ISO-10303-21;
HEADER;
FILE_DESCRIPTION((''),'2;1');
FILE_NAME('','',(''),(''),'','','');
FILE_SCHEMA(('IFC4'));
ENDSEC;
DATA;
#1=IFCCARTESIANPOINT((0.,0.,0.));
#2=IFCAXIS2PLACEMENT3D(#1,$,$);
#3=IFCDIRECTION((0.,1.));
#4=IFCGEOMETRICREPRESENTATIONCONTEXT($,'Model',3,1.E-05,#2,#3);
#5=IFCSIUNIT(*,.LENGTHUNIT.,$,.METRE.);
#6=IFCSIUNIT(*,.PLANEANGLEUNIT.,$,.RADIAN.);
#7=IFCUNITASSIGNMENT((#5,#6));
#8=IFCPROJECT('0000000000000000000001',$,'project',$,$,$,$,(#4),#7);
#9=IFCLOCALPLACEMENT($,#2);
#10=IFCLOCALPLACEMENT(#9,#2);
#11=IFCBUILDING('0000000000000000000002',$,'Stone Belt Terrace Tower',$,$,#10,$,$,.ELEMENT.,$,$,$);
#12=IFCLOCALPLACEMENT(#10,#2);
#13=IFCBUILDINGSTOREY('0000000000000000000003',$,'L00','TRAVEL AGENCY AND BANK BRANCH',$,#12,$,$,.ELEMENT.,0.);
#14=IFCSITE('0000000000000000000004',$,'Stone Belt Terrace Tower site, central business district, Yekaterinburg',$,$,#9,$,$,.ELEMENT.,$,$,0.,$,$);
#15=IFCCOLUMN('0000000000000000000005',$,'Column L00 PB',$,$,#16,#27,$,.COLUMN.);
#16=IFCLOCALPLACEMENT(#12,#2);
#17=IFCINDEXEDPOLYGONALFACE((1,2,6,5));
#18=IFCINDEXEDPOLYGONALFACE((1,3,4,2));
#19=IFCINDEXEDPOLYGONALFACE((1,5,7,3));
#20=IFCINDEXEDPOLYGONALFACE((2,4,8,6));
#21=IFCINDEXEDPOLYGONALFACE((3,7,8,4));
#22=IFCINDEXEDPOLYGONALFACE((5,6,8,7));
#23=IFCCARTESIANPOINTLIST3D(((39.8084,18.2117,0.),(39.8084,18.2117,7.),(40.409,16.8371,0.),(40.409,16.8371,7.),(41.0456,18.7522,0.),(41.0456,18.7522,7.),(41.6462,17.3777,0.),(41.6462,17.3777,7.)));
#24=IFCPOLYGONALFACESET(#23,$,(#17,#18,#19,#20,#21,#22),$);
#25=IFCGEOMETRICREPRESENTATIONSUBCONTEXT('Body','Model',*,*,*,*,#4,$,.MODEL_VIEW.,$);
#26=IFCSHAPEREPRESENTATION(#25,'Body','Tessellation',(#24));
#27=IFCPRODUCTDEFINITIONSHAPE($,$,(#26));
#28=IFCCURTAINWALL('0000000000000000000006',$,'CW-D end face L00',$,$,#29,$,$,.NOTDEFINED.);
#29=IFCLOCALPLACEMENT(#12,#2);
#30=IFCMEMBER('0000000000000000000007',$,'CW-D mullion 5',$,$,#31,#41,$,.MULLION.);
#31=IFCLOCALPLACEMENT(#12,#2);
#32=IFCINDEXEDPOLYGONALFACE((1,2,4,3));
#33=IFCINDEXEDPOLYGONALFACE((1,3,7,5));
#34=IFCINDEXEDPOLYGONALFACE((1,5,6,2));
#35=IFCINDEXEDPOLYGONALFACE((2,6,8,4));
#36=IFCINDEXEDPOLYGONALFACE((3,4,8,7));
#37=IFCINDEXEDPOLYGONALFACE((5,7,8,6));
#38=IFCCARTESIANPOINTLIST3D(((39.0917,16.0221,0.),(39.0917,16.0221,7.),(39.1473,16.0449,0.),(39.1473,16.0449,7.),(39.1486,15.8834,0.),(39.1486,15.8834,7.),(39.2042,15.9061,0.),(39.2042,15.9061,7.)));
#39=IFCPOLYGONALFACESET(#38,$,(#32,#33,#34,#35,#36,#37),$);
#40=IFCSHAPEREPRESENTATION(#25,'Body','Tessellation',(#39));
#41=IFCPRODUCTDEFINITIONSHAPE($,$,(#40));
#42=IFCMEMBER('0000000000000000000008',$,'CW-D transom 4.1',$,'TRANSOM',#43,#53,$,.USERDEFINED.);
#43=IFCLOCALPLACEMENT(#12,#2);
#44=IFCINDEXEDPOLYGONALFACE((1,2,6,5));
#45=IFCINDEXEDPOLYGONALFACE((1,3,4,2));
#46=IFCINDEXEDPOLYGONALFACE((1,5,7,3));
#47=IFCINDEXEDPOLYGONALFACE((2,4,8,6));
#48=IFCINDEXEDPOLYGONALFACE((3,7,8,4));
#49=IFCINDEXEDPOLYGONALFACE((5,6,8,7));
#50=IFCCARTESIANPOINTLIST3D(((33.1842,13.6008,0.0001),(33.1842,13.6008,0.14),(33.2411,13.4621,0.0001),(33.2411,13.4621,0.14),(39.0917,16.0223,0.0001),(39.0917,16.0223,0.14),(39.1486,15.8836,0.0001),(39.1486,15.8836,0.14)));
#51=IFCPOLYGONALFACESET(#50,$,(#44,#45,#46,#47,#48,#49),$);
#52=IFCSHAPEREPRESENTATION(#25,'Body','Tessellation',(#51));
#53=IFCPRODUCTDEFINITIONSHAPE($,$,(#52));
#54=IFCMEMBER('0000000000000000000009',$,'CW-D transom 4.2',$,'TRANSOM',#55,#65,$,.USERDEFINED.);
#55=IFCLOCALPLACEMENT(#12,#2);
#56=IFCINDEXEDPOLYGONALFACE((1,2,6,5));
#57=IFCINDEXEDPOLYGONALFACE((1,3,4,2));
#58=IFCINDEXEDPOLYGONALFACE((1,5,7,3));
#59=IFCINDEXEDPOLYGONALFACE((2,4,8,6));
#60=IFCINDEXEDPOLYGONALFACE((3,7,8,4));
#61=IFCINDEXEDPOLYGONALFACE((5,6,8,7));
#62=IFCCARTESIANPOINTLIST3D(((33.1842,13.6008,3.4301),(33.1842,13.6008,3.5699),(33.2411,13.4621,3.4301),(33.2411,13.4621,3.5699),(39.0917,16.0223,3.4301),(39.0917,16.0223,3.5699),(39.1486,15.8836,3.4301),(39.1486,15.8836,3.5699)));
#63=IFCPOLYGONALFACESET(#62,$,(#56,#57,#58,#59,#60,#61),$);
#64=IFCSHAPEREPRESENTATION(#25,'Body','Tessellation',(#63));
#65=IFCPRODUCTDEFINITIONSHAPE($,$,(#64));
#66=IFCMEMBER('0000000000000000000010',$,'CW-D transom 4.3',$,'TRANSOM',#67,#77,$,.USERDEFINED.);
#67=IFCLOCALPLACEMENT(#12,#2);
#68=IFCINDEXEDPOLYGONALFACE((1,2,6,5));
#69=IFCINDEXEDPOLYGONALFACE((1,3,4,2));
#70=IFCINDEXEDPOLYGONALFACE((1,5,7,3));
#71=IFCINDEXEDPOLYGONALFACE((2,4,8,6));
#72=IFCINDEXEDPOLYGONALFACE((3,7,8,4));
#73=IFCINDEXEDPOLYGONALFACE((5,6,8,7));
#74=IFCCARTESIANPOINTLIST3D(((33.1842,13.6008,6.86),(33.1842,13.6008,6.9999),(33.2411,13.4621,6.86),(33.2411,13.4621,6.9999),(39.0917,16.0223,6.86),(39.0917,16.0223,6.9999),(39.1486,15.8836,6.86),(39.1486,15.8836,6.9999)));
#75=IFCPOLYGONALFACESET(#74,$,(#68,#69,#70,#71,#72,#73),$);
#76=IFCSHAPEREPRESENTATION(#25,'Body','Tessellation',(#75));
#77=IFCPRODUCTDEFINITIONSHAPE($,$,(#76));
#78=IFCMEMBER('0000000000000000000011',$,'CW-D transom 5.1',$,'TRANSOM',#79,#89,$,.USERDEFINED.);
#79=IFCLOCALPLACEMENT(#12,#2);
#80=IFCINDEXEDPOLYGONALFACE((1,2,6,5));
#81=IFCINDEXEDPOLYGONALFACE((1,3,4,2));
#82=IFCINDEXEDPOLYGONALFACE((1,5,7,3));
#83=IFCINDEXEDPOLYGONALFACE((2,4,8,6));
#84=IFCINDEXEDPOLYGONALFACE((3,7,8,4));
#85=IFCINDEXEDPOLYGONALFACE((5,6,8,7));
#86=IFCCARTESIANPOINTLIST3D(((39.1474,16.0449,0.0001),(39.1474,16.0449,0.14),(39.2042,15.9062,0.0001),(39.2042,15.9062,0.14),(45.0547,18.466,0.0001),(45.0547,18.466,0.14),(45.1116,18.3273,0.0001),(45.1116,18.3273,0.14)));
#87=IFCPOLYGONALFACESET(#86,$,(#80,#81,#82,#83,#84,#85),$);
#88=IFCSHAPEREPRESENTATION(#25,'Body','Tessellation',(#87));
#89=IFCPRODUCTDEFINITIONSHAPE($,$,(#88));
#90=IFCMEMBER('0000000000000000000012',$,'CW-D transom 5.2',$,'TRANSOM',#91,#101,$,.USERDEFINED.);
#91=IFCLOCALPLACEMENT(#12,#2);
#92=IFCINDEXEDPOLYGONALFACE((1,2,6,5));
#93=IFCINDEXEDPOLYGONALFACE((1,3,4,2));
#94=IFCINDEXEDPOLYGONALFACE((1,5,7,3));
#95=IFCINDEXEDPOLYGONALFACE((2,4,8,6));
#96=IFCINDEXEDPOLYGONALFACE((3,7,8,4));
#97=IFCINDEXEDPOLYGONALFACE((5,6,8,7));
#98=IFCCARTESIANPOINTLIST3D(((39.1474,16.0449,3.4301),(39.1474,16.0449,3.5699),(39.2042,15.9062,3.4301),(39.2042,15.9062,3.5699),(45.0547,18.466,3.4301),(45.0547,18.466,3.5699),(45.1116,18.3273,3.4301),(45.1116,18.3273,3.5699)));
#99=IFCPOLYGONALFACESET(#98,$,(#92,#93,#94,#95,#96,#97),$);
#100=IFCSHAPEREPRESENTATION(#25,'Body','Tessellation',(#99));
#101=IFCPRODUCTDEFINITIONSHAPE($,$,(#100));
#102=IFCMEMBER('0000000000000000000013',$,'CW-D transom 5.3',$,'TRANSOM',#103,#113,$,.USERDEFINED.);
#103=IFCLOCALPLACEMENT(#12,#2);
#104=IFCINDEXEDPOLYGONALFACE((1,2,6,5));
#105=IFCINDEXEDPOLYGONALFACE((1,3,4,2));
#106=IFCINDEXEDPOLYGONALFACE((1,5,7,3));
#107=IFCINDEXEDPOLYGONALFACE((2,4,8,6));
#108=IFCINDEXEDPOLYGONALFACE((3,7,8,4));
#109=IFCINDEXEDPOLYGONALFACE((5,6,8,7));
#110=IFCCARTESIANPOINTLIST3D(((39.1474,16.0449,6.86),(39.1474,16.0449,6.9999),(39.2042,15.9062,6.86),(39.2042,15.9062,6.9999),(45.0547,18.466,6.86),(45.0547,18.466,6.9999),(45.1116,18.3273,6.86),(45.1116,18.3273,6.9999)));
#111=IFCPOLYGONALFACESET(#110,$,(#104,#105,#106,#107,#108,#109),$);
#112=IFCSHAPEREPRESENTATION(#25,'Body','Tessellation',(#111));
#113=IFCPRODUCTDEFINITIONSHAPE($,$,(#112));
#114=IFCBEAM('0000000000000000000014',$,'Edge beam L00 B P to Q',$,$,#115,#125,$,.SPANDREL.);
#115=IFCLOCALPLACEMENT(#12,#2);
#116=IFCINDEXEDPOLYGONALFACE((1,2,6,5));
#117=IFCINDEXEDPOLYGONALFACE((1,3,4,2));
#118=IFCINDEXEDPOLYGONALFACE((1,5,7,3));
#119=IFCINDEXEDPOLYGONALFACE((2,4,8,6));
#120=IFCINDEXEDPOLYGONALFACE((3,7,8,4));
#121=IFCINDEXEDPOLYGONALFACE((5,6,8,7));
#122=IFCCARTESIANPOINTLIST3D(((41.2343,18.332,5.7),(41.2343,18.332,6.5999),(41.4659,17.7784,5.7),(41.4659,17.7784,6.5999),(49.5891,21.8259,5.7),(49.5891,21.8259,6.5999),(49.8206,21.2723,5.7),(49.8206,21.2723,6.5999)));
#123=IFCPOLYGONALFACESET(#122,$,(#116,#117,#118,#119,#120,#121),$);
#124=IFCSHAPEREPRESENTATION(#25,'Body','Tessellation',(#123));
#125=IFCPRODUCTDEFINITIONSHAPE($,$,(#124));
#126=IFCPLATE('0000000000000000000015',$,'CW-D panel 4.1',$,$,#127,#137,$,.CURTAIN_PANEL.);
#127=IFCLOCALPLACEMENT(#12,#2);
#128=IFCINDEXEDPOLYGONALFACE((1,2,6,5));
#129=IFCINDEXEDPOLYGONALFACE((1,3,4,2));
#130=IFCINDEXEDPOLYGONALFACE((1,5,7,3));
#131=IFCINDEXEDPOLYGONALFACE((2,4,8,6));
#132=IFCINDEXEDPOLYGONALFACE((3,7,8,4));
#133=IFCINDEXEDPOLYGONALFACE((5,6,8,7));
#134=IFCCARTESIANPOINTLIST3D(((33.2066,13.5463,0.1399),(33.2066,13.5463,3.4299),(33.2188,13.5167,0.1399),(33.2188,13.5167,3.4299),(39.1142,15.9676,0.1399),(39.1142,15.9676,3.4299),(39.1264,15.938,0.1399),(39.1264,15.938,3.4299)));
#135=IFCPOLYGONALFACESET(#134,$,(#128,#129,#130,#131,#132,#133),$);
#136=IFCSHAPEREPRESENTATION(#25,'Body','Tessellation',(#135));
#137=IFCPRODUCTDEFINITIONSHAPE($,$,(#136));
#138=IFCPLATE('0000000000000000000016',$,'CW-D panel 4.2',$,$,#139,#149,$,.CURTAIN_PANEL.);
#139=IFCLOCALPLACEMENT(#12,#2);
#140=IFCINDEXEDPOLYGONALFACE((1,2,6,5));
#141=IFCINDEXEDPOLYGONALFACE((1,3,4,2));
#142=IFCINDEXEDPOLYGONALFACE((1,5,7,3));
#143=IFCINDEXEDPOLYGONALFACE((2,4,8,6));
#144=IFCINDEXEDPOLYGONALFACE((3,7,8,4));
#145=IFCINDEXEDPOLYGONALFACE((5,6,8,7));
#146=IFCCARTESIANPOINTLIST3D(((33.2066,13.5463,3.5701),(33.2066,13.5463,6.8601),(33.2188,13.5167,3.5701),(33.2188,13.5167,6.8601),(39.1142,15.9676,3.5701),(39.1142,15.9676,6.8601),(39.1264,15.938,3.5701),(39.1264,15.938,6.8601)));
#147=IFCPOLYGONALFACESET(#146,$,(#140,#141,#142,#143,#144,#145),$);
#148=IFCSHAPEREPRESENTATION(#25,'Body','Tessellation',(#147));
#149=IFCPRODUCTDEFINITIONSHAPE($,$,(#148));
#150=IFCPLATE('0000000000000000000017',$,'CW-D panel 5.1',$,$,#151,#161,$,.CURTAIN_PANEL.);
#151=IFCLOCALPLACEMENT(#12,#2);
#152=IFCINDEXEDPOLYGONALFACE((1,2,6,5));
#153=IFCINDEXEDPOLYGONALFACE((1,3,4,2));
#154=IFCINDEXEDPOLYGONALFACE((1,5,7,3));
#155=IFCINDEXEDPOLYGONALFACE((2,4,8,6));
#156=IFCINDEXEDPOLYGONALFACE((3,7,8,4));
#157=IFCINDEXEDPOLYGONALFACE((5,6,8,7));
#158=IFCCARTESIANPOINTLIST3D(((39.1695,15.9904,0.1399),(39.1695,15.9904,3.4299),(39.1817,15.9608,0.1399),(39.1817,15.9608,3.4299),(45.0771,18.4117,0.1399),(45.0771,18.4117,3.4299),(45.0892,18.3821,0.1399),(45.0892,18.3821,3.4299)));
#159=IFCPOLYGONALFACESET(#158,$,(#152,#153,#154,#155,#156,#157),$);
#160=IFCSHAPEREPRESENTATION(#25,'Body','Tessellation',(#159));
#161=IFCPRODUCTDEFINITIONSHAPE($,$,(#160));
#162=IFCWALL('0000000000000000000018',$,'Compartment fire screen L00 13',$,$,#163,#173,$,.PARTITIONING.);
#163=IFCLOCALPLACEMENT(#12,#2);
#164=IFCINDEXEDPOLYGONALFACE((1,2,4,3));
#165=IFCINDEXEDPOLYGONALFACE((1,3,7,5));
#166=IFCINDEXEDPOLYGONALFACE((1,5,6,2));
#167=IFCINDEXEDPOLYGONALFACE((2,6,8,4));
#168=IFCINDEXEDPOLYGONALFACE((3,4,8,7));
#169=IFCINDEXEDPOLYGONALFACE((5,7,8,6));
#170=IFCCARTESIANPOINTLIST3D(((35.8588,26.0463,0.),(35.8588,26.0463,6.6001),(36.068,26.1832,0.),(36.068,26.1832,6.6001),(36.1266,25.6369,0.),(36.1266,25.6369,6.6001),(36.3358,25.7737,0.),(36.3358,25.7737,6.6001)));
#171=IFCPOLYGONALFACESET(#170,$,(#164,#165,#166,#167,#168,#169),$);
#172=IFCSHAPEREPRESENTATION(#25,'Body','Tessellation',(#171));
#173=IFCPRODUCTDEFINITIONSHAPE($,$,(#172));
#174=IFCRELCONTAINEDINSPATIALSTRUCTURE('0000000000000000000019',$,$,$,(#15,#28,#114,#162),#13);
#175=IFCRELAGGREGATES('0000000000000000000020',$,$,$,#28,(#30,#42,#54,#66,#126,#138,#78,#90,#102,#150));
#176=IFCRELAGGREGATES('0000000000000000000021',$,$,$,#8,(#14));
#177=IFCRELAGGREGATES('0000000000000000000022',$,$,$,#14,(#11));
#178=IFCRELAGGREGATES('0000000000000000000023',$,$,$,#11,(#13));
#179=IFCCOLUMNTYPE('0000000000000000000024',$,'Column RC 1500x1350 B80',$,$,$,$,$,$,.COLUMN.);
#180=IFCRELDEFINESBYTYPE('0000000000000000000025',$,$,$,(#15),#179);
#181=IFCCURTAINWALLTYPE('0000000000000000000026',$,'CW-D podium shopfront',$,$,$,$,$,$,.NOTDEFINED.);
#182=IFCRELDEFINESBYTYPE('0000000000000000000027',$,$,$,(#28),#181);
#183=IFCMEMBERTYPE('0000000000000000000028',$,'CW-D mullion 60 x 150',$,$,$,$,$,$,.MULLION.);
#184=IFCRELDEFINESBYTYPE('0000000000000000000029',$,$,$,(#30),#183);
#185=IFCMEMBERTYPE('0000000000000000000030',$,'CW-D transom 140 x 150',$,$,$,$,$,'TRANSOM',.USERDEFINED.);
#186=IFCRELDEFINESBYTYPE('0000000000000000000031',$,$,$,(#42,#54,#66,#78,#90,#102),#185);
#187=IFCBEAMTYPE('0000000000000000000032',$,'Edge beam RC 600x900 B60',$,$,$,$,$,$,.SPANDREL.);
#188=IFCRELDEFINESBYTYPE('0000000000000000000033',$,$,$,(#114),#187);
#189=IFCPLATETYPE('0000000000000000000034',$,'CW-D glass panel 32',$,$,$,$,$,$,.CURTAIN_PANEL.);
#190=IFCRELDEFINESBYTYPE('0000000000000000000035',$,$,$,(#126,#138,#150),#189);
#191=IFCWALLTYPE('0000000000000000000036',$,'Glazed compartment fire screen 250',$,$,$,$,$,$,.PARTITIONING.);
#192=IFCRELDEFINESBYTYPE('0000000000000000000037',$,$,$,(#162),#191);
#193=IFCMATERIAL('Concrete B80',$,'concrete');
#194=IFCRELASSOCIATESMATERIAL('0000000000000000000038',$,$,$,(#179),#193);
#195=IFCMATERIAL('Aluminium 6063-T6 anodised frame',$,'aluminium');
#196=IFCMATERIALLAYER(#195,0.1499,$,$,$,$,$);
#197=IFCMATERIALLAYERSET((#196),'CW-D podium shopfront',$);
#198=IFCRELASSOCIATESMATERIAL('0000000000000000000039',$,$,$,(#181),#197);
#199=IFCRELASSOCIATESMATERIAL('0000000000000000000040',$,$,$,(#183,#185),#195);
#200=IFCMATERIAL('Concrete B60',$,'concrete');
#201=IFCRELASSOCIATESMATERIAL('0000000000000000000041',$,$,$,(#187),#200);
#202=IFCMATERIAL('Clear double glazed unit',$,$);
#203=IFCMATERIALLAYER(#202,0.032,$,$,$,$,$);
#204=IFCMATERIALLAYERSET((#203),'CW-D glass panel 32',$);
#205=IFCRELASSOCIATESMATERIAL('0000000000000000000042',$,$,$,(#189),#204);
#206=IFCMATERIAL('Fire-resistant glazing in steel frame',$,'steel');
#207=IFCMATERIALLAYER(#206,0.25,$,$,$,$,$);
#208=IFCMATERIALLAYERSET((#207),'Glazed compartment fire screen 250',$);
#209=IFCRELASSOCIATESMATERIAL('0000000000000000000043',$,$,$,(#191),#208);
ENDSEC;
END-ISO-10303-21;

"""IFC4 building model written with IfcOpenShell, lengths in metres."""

from ifc_helpers import new_model, si_unit, direction, frame, frame_2d, origin, origin_2d, place, context, subcontext, project, spatial, rectangle, extrude, material, layer, layer_set, material_profile, profile_set, type_object, element, aggregate, save


model = new_model("IFC4")

# Units and contexts
model_context = context("Model", 3, precision=1e-05, world=origin(), true_north=direction((0.0, 1.0)))
body_context = subcontext(model_context, "Body", "Model", "MODEL_VIEW")
ifc_project = project(units=[si_unit("LENGTHUNIT", "METRE"), si_unit("PLANEANGLEUNIT", "RADIAN")], contexts=[model_context])

# Site, building, storey
site_placement = place(None, origin())
site = spatial("IfcSite", under=ifc_project, at=site_placement, Name="Stone Belt Terrace Tower site, central business district, Yekaterinburg", CompositionType="ELEMENT", RefElevation=0.0)
building_placement = place(site_placement, origin())
building = spatial("IfcBuilding", under=site, at=building_placement, Name="Stone Belt Terrace Tower", CompositionType="ELEMENT")
storey_placement = place(building_placement, origin())
storey = spatial("IfcBuildingStorey", under=building, at=storey_placement, Name="L00", Description="TRAVEL AGENCY AND BANK BRANCH", CompositionType="ELEMENT", Elevation=0.0)

# Column
ifc_material_1 = material(Name="Concrete B80", Category="concrete")
ifc_material_profile_1 = material_profile(ifc_material_1, rectangle(XDim=1.5, YDim=1.3501, at=origin_2d()), Name="RC 1500x1350")
ifc_profile_set_1 = profile_set([ifc_material_profile_1], Name="Concrete B80")
column_type = type_object("IfcColumnType", Name="Column RC 1500x1350 B80", PredefinedType="COLUMN", material=ifc_profile_set_1)
column_placement = place(storey_placement, frame((40.7273, 17.7947, 0.0), z_axis=(0.0, 0.0, 1.0), x_axis=(0.400376, -0.916351, 0.0)))
element("IfcColumn", 1, at=column_placement, inside=storey, type_object=column_type, Name="Column L00 PB", PredefinedType="COLUMN", context=body_context, shape_type="SweptSolid", body=[
    extrude(rectangle(XDim=1.5, YDim=1.3501, at=origin_2d()), origin(), (0.0, 0.0, 1.0), 7.0),
])

# Curtain wall, members
ifc_material_2 = material(Name="Aluminium 6063-T6 anodised frame", Category="aluminium")
ifc_layer_1 = layer(ifc_material_2, 0.1499)
ifc_layer_set_1 = layer_set([ifc_layer_1], Name="CW-D podium shopfront")
curtain_wall_type = type_object("IfcCurtainWallType", Name="CW-D podium shopfront", PredefinedType="NOTDEFINED", material=ifc_layer_set_1)
curtain_wall_placement = place(storey_placement, origin())
curtain_wall = element("IfcCurtainWall", 2, at=curtain_wall_placement, inside=storey, type_object=curtain_wall_type, Name="CW-D end face L00", PredefinedType="NOTDEFINED")
ifc_material_profile_2 = material_profile(ifc_material_2, rectangle(XDim=0.1499, YDim=0.0601, at=origin_2d()), Name="Aluminium 6063-T6 60x150")
ifc_profile_set_2 = profile_set([ifc_material_profile_2], Name="Aluminium 6063-T6 anodised frame")
member_type_1 = type_object("IfcMemberType", Name="CW-D mullion 60 x 150", PredefinedType="MULLION", material=ifc_profile_set_2)
member_1_placement = place(storey_placement, frame((39.1479, 15.9641, 0.0), z_axis=(0.0, 0.0, 1.0), x_axis=(-0.379243, 0.925297, 0.0)))
member_1 = element("IfcMember", 3, at=member_1_placement, type_object=member_type_1, Name="CW-D mullion 5", PredefinedType="MULLION", context=body_context, shape_type="SweptSolid", body=[
    extrude(rectangle(XDim=0.1499, YDim=0.0601, at=origin_2d()), origin(), (0.0, 0.0, 1.0), 7.0),
])
ifc_material_profile_3 = material_profile(ifc_material_2, rectangle(XDim=0.1499, YDim=0.1399, at=origin_2d()), Name="Aluminium 6063-T6 150x140")
ifc_profile_set_3 = profile_set([ifc_material_profile_3], Name="Aluminium 6063-T6 anodised frame")
member_type_2 = type_object("IfcMemberType", Name="CW-D transom 140 x 150", ElementType="TRANSOM", PredefinedType="USERDEFINED", material=ifc_profile_set_3)
member_2_placement = place(storey_placement, frame((33.2126, 13.5315, 0.0701), z_axis=(0.925289, 0.379263, 0.0), x_axis=(-0.379263, 0.925289, 0.0)))
member_2 = element("IfcMember", 4, at=member_2_placement, type_object=member_type_2, Name="CW-D transom 4.1", ObjectType="TRANSOM", PredefinedType="USERDEFINED", context=body_context, shape_type="SweptSolid", body=[
    extrude(rectangle(XDim=0.1499, YDim=0.1399, at=origin_2d()), origin(), (0.0, 0.0, 1.0), 6.3845),
])
member_3_placement = place(storey_placement, frame((33.2126, 13.5315, 3.5), z_axis=(0.925289, 0.379263, 0.0), x_axis=(-0.379263, 0.925289, 0.0)))
member_3 = element("IfcMember", 5, at=member_3_placement, type_object=member_type_2, Name="CW-D transom 4.2", ObjectType="TRANSOM", PredefinedType="USERDEFINED", context=body_context, shape_type="SweptSolid", body=[
    extrude(rectangle(XDim=0.1499, YDim=0.1399, at=origin_2d()), origin(), (0.0, 0.0, 1.0), 6.3845),
])
member_4_placement = place(storey_placement, frame((33.2126, 13.5315, 6.9299), z_axis=(0.925289, 0.379263, 0.0), x_axis=(-0.379263, 0.925289, 0.0)))
member_4 = element("IfcMember", 6, at=member_4_placement, type_object=member_type_2, Name="CW-D transom 4.3", ObjectType="TRANSOM", PredefinedType="USERDEFINED", context=body_context, shape_type="SweptSolid", body=[
    extrude(rectangle(XDim=0.1499, YDim=0.1399, at=origin_2d()), origin(), (0.0, 0.0, 1.0), 6.3845),
])
member_5_placement = place(storey_placement, frame((39.1758, 15.9756, 0.0701), z_axis=(0.925302, 0.37923, 0.0), x_axis=(-0.37923, 0.925302, 0.0)))
member_5 = element("IfcMember", 7, at=member_5_placement, type_object=member_type_2, Name="CW-D transom 5.1", ObjectType="TRANSOM", PredefinedType="USERDEFINED", context=body_context, shape_type="SweptSolid", body=[
    extrude(rectangle(XDim=0.1499, YDim=0.1399, at=origin_2d()), origin(), (0.0, 0.0, 1.0), 6.3843),
])
member_6_placement = place(storey_placement, frame((39.1758, 15.9756, 3.5), z_axis=(0.925302, 0.37923, 0.0), x_axis=(-0.37923, 0.925302, 0.0)))
member_6 = element("IfcMember", 8, at=member_6_placement, type_object=member_type_2, Name="CW-D transom 5.2", ObjectType="TRANSOM", PredefinedType="USERDEFINED", context=body_context, shape_type="SweptSolid", body=[
    extrude(rectangle(XDim=0.1499, YDim=0.1399, at=origin_2d()), origin(), (0.0, 0.0, 1.0), 6.3843),
])
member_7_placement = place(storey_placement, frame((39.1758, 15.9756, 6.9299), z_axis=(0.925302, 0.37923, 0.0), x_axis=(-0.37923, 0.925302, 0.0)))
member_7 = element("IfcMember", 9, at=member_7_placement, type_object=member_type_2, Name="CW-D transom 5.3", ObjectType="TRANSOM", PredefinedType="USERDEFINED", context=body_context, shape_type="SweptSolid", body=[
    extrude(rectangle(XDim=0.1499, YDim=0.1399, at=origin_2d()), origin(), (0.0, 0.0, 1.0), 6.3843),
])

# Beam
ifc_material_3 = material(Name="Concrete B60", Category="concrete")
ifc_material_profile_4 = material_profile(ifc_material_3, rectangle(XDim=0.6001, YDim=0.8999, at=origin_2d()), Name="RC 600x900")
ifc_profile_set_4 = profile_set([ifc_material_profile_4], Name="Concrete B60")
beam_type = type_object("IfcBeamType", Name="Edge beam RC 600x900 B60", PredefinedType="SPANDREL", material=ifc_profile_set_4)
beam_placement = place(storey_placement, frame((41.3501, 18.0552, 6.1499), z_axis=(0.922576, 0.385815, 0.0), x_axis=(-0.385815, 0.922576, 0.0)))
element("IfcBeam", 10, at=beam_placement, inside=storey, type_object=beam_type, Name="Edge beam L00 B P to Q", PredefinedType="SPANDREL", context=body_context, shape_type="SweptSolid", body=[
    extrude(rectangle(XDim=0.6001, YDim=0.8999, at=origin_2d()), origin(), (0.0, 0.0, 1.0), 9.0559),
])

# Plates
ifc_material_4 = material(Name="Clear double glazed unit")
ifc_layer_2 = layer(ifc_material_4, 0.032)
ifc_layer_set_2 = layer_set([ifc_layer_2], Name="CW-D glass panel 32")
plate_type = type_object("IfcPlateType", Name="CW-D glass panel 32", PredefinedType="CURTAIN_PANEL", material=ifc_layer_set_2)
plate_1_placement = place(storey_placement, frame((36.1665, 14.7422, 0.1399), z_axis=(0.0, 0.0, 1.0), x_axis=(0.925297, 0.379243, 0.0)))
plate_1 = element("IfcPlate", 11, at=plate_1_placement, type_object=plate_type, Name="CW-D panel 4.1", PredefinedType="CURTAIN_PANEL", context=body_context, shape_type="SweptSolid", body=[
    extrude(rectangle(XDim=6.3845, YDim=0.032, at=origin_2d()), origin(), (0.0, 0.0, 1.0), 3.29),
])
plate_2_placement = place(storey_placement, frame((36.1665, 14.7422, 3.5701), z_axis=(0.0, 0.0, 1.0), x_axis=(0.925297, 0.379243, 0.0)))
plate_2 = element("IfcPlate", 12, at=plate_2_placement, type_object=plate_type, Name="CW-D panel 4.2", PredefinedType="CURTAIN_PANEL", context=body_context, shape_type="SweptSolid", body=[
    extrude(rectangle(XDim=6.3845, YDim=0.032, at=origin_2d()), origin(), (0.0, 0.0, 1.0), 3.29),
])
plate_3_placement = place(storey_placement, frame((42.1294, 17.1863, 0.1399), z_axis=(0.0, 0.0, 1.0), x_axis=(0.925297, 0.379243, 0.0)))
plate_3 = element("IfcPlate", 13, at=plate_3_placement, type_object=plate_type, Name="CW-D panel 5.1", PredefinedType="CURTAIN_PANEL", context=body_context, shape_type="SweptSolid", body=[
    extrude(rectangle(XDim=6.3845, YDim=0.032, at=origin_2d()), origin(), (0.0, 0.0, 1.0), 3.29),
])
aggregate(curtain_wall, [member_1, member_2, member_3, member_4, plate_1, plate_2, member_5, member_6, member_7, plate_3])

# Wall
ifc_material_5 = material(Name="Fire-resistant glazing in steel frame", Category="steel")
ifc_layer_3 = layer(ifc_material_5, 0.25)
ifc_layer_set_3 = layer_set([ifc_layer_3], Name="Glazed compartment fire screen 250")
wall_type_1 = type_object("IfcWallType", Name="Glazed compartment fire screen 250", PredefinedType="PARTITIONING", material=ifc_layer_set_3)
wall_1_placement = place(storey_placement, frame((35.9634, 26.1147, 0.0), z_axis=(0.0, 0.0, 1.0), x_axis=(0.547424, -0.836855, 0.0)))
element("IfcWall", 14, at=wall_1_placement, inside=storey, type_object=wall_type_1, Name="Compartment fire screen L00 13", PredefinedType="PARTITIONING", context=body_context, shape_type="SweptSolid", body=[
    extrude(rectangle(XDim=0.4893, YDim=0.25, at=frame_2d((0.2446, 0.0))), origin(), (0.0, 0.0, 1.0), 6.6001),
])

save(model, "model.ifc")
